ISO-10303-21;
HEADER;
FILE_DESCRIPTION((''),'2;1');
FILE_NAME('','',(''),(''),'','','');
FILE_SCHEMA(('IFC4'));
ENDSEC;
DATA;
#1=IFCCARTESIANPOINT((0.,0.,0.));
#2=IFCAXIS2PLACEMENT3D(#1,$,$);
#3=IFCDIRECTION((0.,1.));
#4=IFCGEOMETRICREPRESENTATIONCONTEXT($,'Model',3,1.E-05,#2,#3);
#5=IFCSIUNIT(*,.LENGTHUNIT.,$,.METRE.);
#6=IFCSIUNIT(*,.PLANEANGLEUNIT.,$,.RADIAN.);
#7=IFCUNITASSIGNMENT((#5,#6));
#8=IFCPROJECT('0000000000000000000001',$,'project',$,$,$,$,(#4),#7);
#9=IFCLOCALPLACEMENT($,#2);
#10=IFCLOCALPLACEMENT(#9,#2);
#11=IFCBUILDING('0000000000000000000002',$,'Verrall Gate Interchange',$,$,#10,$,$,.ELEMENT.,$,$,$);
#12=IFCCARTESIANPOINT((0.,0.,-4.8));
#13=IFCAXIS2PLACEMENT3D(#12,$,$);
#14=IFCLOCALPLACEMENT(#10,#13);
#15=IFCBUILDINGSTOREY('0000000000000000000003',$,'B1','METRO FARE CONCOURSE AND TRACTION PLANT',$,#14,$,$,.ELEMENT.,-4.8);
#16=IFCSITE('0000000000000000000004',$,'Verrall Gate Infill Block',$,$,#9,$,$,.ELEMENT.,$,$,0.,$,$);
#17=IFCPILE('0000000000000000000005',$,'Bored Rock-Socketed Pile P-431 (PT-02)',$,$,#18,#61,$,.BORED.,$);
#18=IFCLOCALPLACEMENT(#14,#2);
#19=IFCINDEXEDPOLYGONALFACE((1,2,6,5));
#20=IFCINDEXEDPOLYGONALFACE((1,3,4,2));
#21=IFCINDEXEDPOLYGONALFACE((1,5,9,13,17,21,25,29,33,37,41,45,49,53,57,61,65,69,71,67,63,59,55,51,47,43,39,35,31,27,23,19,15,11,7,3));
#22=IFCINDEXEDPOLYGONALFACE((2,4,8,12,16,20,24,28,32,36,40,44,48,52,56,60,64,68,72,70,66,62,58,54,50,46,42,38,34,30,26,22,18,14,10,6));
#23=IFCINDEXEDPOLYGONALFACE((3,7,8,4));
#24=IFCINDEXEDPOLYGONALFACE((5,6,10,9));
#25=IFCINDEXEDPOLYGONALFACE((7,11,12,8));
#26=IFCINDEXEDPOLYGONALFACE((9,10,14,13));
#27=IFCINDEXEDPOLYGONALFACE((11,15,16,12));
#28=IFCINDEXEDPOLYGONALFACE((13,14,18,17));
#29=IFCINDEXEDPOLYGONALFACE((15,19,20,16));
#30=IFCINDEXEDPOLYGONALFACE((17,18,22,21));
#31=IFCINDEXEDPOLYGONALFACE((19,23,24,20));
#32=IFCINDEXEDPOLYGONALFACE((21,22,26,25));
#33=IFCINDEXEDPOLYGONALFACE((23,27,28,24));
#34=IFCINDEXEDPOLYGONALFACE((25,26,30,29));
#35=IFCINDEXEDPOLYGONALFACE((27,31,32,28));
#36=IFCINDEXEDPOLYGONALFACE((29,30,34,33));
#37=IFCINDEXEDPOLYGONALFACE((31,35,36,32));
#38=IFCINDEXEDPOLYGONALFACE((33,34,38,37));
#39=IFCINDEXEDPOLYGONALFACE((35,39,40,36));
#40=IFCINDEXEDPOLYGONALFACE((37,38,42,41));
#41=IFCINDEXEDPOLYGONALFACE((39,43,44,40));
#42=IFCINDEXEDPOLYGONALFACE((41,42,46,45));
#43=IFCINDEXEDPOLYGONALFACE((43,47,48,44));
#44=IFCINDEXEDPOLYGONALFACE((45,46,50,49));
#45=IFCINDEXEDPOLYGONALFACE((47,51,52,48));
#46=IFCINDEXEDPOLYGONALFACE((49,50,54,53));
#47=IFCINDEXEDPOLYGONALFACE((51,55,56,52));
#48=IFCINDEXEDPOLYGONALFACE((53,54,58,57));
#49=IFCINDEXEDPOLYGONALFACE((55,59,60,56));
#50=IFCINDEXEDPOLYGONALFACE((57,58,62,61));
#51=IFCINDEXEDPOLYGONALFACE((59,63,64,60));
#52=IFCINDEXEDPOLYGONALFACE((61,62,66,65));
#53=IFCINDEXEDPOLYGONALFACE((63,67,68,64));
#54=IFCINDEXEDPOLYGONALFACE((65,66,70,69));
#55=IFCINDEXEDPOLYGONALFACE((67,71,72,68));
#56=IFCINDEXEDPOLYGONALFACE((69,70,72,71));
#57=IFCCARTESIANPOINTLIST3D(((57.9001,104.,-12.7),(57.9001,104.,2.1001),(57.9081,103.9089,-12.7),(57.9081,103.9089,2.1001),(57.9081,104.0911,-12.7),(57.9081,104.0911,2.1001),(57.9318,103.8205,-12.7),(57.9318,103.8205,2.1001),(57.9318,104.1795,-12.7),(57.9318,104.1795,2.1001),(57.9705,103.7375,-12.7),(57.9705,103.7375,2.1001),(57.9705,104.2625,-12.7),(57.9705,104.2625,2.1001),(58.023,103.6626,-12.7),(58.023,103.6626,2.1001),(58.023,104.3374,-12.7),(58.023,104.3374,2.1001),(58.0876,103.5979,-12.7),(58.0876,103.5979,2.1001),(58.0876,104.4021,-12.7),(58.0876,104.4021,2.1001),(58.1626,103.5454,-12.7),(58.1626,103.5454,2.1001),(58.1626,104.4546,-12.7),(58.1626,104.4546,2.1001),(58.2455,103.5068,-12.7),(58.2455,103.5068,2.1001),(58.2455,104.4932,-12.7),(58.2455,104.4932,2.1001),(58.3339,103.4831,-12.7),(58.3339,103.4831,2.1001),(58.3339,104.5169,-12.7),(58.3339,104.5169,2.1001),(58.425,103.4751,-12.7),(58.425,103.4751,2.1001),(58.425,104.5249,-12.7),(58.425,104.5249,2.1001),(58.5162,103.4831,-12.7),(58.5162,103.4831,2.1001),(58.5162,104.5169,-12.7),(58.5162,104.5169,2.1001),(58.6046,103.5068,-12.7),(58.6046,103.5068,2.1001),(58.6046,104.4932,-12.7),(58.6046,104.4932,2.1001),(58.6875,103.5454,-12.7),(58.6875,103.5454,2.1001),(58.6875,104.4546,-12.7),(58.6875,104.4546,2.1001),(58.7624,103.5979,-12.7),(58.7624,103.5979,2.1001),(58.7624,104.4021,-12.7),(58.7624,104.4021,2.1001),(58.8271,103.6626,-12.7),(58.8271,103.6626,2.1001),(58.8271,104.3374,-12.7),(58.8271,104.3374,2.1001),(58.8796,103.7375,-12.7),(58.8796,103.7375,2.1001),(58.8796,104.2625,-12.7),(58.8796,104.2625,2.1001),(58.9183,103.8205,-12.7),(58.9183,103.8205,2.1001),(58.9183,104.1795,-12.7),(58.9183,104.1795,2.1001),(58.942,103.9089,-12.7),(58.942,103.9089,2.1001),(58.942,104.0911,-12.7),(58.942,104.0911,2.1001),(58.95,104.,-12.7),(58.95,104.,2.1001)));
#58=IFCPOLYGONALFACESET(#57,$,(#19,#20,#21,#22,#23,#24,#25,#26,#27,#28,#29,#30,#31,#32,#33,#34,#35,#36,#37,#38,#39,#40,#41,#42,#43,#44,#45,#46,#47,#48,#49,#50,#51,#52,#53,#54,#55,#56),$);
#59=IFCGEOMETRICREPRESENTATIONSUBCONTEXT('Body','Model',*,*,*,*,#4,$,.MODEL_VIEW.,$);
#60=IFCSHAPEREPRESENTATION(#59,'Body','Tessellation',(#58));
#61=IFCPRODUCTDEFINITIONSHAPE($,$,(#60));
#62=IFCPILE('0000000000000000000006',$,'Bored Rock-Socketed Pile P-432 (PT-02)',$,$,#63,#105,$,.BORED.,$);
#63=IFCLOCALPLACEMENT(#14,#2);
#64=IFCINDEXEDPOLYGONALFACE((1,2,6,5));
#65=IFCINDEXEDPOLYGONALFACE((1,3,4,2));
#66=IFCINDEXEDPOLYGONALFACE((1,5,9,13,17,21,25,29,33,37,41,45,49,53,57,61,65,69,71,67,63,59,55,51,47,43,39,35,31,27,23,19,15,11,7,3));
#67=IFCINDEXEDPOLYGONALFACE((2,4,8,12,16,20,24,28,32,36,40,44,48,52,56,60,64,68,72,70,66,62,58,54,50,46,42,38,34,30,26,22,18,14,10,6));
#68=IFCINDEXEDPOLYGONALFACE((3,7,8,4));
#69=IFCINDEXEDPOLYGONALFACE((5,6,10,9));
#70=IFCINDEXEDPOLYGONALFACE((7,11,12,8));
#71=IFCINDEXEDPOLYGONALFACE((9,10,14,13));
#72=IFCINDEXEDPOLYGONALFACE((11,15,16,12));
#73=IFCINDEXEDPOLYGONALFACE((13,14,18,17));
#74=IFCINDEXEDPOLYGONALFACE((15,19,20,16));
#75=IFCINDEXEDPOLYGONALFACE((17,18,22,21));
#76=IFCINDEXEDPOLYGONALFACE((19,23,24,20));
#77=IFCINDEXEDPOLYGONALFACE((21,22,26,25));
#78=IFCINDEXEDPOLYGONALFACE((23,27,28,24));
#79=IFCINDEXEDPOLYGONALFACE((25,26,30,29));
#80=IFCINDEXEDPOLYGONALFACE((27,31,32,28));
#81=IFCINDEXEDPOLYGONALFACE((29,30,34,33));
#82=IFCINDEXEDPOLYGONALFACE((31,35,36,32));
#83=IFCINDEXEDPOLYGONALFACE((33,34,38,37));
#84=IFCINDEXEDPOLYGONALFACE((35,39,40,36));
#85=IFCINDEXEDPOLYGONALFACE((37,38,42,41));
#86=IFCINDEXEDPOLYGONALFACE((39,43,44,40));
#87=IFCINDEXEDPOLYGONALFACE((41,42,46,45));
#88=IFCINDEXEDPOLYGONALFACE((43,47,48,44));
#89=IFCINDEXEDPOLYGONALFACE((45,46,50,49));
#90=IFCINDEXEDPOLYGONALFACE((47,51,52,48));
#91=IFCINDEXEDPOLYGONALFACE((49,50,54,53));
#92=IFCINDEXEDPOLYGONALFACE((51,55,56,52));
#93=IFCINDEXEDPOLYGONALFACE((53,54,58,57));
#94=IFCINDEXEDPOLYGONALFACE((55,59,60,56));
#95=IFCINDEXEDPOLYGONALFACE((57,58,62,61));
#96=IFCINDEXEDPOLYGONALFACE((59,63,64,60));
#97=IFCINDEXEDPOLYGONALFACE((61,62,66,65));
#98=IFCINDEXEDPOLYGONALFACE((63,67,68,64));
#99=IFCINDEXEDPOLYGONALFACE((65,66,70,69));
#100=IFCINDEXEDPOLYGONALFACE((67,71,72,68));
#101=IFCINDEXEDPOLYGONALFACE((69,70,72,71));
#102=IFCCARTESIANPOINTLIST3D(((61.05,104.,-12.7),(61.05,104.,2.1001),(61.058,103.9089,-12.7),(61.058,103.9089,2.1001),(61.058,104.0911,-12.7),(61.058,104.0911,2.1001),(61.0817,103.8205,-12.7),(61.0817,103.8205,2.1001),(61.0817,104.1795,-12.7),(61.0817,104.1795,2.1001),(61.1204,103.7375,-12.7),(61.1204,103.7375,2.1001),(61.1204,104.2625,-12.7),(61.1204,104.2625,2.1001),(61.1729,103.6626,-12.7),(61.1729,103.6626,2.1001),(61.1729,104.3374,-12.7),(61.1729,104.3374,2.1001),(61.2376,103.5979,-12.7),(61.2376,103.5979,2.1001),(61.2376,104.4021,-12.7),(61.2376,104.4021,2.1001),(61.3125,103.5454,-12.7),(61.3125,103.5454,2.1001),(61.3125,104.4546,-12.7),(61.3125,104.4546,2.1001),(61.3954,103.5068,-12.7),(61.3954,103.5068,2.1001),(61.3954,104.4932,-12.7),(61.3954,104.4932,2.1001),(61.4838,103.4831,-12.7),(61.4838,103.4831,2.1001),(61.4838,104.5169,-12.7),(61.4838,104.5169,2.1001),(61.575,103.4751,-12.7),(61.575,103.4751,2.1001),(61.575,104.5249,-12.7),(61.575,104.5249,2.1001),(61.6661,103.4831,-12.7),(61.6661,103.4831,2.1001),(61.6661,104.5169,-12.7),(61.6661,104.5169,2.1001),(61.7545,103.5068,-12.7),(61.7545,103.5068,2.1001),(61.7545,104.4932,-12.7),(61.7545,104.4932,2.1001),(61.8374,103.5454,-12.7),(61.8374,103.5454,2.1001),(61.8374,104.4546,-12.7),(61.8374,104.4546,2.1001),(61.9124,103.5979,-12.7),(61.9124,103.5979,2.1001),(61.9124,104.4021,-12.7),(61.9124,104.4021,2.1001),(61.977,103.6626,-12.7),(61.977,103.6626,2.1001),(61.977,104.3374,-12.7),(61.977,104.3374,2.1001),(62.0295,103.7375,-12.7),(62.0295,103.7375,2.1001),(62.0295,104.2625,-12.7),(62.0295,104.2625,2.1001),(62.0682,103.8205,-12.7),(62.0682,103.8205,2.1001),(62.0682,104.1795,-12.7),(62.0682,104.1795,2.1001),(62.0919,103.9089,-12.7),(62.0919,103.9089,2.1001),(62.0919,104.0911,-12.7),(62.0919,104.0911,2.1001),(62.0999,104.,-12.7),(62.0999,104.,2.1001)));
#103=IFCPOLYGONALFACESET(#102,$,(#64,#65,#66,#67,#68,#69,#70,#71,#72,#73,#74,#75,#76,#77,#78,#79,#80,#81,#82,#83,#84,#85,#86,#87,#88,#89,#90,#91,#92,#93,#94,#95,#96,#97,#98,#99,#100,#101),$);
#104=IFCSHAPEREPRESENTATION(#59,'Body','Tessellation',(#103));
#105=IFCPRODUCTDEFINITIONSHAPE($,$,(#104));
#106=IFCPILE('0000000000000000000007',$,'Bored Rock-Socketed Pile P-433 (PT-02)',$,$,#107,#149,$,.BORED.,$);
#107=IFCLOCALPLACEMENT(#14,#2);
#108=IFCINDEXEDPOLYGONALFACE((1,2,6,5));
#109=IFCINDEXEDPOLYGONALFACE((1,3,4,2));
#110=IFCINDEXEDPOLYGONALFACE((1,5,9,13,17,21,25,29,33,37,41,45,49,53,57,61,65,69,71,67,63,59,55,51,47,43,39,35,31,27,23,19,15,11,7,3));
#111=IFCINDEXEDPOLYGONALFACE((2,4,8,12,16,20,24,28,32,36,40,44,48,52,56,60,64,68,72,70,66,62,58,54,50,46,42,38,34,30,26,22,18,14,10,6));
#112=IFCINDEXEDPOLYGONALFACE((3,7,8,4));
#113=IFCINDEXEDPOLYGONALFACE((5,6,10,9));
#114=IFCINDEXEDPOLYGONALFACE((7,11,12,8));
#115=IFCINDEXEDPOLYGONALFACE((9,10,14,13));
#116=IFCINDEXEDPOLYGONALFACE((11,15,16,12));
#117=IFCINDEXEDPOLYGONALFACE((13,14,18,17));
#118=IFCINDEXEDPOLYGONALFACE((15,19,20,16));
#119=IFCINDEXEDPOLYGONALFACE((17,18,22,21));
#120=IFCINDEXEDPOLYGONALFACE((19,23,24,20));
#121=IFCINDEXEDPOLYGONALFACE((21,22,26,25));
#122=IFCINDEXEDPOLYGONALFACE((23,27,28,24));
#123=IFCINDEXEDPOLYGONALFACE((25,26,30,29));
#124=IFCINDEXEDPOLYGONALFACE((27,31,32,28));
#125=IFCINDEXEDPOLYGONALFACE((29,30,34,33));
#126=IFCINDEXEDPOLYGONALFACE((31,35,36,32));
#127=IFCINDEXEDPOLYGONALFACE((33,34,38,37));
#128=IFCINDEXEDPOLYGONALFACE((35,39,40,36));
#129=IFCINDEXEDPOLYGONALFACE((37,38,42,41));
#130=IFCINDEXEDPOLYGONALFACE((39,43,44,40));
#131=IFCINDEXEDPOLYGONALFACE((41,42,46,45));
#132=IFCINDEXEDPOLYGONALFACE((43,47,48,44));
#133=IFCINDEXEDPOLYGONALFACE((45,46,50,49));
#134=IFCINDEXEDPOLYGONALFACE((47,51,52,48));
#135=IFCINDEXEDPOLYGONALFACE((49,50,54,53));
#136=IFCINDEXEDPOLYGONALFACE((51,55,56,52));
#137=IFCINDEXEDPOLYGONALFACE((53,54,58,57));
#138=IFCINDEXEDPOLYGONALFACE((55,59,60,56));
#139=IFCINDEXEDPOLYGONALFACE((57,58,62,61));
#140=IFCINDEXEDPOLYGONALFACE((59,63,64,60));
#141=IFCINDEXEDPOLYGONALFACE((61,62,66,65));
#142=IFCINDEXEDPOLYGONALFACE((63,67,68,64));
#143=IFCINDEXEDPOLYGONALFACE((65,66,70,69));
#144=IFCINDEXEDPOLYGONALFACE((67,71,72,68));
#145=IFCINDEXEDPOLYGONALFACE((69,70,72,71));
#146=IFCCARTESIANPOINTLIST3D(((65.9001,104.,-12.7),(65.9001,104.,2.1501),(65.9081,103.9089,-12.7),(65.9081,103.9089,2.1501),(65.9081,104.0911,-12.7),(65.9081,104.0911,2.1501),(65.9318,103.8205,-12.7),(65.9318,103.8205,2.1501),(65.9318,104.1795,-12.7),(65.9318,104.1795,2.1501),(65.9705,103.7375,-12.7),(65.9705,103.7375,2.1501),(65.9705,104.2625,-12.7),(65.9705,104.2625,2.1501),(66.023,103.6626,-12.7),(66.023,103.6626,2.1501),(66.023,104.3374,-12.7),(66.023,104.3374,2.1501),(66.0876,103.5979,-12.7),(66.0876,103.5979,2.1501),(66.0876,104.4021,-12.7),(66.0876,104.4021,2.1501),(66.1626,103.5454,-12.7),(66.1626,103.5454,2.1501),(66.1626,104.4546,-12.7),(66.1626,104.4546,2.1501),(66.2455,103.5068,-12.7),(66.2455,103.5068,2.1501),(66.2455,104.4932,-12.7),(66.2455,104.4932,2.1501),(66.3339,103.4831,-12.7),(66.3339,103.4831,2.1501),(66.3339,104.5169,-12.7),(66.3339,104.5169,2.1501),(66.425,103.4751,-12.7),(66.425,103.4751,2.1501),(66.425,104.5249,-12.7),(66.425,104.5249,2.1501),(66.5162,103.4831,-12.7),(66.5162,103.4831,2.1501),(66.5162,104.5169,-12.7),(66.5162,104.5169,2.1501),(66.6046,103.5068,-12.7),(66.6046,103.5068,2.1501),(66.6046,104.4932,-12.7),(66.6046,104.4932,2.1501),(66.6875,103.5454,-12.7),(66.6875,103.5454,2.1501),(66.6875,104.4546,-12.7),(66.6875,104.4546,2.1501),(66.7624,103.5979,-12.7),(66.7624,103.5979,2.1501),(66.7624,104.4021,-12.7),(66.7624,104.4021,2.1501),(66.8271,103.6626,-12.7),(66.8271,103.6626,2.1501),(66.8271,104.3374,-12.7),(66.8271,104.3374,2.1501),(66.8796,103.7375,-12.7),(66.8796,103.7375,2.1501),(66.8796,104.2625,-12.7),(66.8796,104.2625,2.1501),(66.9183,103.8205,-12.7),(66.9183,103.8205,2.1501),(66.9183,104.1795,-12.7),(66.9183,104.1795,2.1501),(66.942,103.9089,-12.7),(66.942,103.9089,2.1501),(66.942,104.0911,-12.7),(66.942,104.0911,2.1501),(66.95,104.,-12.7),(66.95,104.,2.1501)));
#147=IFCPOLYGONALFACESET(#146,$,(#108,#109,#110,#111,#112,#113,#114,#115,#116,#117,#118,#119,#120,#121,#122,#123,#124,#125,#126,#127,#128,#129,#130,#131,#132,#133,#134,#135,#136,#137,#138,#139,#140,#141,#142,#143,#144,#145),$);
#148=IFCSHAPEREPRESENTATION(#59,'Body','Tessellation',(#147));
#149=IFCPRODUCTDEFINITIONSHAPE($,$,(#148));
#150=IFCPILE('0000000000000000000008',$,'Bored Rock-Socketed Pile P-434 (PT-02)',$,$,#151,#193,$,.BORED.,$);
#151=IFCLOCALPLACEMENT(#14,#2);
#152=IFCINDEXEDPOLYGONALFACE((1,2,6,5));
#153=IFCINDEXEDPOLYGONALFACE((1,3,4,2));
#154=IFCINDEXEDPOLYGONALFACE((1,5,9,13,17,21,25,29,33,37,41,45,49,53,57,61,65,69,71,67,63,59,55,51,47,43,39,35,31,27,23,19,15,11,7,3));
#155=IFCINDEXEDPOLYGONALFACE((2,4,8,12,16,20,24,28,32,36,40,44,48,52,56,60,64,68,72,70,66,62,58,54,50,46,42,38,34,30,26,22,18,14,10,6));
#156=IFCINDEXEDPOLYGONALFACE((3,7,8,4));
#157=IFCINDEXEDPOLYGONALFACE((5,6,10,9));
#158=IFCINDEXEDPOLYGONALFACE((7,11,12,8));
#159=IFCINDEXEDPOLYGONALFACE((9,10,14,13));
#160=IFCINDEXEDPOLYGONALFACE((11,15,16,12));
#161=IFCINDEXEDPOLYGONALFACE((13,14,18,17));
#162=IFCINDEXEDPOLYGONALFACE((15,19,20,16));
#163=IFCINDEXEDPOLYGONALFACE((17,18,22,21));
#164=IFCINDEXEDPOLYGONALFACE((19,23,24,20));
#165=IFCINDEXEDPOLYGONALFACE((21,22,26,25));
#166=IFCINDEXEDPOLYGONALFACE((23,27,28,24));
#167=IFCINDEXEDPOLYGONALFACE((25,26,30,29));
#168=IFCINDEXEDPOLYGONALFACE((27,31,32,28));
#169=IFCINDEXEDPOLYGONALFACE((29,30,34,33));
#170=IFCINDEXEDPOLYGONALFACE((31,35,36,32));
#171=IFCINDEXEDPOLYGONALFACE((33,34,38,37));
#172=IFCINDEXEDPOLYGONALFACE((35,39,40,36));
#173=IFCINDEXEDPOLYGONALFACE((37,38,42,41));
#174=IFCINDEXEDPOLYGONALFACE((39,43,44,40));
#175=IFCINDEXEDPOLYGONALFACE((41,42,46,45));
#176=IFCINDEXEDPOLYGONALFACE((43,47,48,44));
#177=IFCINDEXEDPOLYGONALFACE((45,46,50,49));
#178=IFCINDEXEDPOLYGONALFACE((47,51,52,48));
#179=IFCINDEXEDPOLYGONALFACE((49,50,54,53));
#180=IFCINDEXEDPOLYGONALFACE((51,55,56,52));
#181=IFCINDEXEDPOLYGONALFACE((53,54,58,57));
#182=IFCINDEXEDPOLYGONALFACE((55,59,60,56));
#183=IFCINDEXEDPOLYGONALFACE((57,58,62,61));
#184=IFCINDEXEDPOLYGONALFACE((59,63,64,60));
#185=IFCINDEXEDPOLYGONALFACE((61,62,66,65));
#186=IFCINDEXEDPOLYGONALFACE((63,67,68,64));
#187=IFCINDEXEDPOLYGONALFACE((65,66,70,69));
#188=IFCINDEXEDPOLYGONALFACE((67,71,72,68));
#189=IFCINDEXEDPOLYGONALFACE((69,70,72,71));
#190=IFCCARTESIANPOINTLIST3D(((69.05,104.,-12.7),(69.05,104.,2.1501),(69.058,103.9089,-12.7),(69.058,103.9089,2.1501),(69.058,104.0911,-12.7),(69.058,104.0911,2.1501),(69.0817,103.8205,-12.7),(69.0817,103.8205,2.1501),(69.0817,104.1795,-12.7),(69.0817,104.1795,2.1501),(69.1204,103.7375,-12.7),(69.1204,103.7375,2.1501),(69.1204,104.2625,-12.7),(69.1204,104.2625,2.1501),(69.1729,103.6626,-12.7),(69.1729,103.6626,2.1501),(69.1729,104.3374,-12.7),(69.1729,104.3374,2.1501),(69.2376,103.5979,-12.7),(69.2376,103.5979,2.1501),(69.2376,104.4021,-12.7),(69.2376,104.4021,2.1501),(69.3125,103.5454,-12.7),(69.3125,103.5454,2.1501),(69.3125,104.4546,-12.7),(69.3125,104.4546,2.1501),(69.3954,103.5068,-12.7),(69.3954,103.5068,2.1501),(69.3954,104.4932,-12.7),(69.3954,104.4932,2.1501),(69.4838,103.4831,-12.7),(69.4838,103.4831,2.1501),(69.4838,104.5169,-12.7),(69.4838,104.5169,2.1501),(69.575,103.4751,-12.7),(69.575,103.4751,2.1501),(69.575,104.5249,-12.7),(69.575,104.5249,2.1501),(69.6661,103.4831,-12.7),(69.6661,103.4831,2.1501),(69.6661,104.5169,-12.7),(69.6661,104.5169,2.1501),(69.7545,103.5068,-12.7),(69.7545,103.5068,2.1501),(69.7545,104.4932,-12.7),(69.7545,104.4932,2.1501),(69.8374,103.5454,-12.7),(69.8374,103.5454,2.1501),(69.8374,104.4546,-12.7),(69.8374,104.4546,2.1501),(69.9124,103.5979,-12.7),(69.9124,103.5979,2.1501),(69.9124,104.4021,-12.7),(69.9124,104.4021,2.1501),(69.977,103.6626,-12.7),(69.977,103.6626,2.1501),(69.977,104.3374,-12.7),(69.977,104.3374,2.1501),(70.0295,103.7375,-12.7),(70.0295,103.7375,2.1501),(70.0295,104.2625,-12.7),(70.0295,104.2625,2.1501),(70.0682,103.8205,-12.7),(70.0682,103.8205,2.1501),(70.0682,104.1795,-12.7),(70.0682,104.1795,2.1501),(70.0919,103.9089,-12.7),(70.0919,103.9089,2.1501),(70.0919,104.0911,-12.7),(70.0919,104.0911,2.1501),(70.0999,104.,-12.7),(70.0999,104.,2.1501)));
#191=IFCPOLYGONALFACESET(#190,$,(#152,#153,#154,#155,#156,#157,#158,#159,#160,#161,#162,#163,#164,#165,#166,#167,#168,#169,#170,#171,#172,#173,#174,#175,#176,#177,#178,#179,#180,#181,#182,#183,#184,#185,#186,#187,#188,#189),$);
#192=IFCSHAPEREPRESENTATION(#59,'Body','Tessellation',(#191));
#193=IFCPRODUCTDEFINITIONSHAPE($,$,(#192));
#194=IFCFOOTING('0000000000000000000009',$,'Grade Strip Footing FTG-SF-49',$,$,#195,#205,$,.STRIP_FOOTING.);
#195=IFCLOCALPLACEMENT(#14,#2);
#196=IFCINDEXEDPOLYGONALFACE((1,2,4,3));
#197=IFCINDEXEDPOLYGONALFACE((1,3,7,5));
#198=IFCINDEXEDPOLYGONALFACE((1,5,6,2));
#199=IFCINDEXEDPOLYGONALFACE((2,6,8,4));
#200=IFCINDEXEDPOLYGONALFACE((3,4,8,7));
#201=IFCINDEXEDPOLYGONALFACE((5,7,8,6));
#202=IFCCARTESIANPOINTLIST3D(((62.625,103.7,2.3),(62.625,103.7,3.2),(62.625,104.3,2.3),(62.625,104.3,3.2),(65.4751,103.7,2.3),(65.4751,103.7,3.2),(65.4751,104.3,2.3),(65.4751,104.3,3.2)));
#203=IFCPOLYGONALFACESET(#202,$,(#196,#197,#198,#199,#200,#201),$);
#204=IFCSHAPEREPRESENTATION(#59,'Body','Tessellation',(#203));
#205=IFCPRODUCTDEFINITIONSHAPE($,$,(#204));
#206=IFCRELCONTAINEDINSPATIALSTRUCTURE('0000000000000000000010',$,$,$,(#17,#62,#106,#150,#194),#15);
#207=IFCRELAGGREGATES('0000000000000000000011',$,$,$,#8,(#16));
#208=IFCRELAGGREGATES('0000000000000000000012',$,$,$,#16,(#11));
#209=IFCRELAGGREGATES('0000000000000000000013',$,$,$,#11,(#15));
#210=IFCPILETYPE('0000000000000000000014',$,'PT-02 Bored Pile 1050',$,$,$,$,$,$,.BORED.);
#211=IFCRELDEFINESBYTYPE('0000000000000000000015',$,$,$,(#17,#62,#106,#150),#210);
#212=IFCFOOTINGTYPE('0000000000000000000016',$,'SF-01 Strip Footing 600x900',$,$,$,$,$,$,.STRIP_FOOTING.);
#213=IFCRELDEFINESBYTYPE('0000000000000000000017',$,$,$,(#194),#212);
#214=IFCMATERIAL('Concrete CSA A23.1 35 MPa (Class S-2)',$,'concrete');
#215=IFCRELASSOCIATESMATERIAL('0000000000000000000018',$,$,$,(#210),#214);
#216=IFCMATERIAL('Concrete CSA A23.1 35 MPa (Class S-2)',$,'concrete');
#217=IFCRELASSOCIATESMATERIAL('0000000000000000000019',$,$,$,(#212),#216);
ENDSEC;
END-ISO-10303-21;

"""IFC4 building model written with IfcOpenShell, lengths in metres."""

from ifc_helpers import new_model, si_unit, direction, frame, origin, origin_2d, place, context, subcontext, project, spatial, rectangle, circle, extrude, material, material_profile, profile_set, type_object, element, save


model = new_model("IFC4")

# Units and contexts
model_context = context("Model", 3, precision=1e-05, world=origin(), true_north=direction((0.0, 1.0)))
body_context = subcontext(model_context, "Body", "Model", "MODEL_VIEW")
ifc_project = project(units=[si_unit("LENGTHUNIT", "METRE"), si_unit("PLANEANGLEUNIT", "RADIAN")], contexts=[model_context])

# Site, building, storey
site_placement = place(None, origin())
site = spatial("IfcSite", under=ifc_project, at=site_placement, Name="Verrall Gate Infill Block", CompositionType="ELEMENT", RefElevation=0.0)
building_placement = place(site_placement, origin())
building = spatial("IfcBuilding", under=site, at=building_placement, Name="Verrall Gate Interchange", CompositionType="ELEMENT")
storey_placement = place(building_placement, frame((0.0, 0.0, -4.8)))
storey = spatial("IfcBuildingStorey", under=building, at=storey_placement, Name="B1", Description="METRO FARE CONCOURSE AND TRACTION PLANT", CompositionType="ELEMENT", Elevation=-4.8)

# Piles
ifc_material_1 = material(Name="Concrete CSA A23.1 35 MPa (Class S-2)", Category="concrete")
ifc_material_profile_1 = material_profile(ifc_material_1, circle(Radius=0.5249, at=origin_2d()), Name="PILE1050D")
ifc_profile_set_1 = profile_set([ifc_material_profile_1], Name="Concrete CSA A23.1 35 MPa (Class S-2)")
pile_type = type_object("IfcPileType", Name="PT-02 Bored Pile 1050", PredefinedType="BORED", material=ifc_profile_set_1)
for number, where, z_axis, x_axis, name in (
    (1, (58.425, 104.0, 2.1001), (0.0, 0.0, -1.0), (1.0, 0.0, 0.0), "Bored Rock-Socketed Pile P-431 (PT-02)"),
    (2, (61.575, 104.0, 2.1001), (0.0, 0.0, -1.0), (1.0, 0.0, 0.0), "Bored Rock-Socketed Pile P-432 (PT-02)"),
):
    element("IfcPile", number, at=place(storey_placement, frame(where, z_axis=z_axis, x_axis=x_axis)), inside=storey, type_object=pile_type, Name=name, PredefinedType="BORED", context=body_context, shape_type="SweptSolid", body=[
        extrude(circle(Radius=0.5249, at=origin_2d()), origin(), (0.0, 0.0, 1.0), 14.8),
    ])
for number, where, z_axis, x_axis, name in (
    (3, (66.425, 104.0, 2.1501), (0.0, 0.0, -1.0), (1.0, 0.0, 0.0), "Bored Rock-Socketed Pile P-433 (PT-02)"),
    (4, (69.575, 104.0, 2.1501), (0.0, 0.0, -1.0), (1.0, 0.0, 0.0), "Bored Rock-Socketed Pile P-434 (PT-02)"),
):
    element("IfcPile", number, at=place(storey_placement, frame(where, z_axis=z_axis, x_axis=x_axis)), inside=storey, type_object=pile_type, Name=name, PredefinedType="BORED", context=body_context, shape_type="SweptSolid", body=[
        extrude(circle(Radius=0.5249, at=origin_2d()), origin(), (0.0, 0.0, 1.0), 14.8501),
    ])

# Footing
ifc_material_2 = material(Name="Concrete CSA A23.1 35 MPa (Class S-2)", Category="concrete")
footing_type_1 = type_object("IfcFootingType", Name="SF-01 Strip Footing 600x900", PredefinedType="STRIP_FOOTING", material=ifc_material_2)
footing_1_placement = place(storey_placement, frame((64.05, 104.0, 2.3), z_axis=(0.0, 0.0, 1.0), x_axis=(1.0, 0.0, 0.0)))
element("IfcFooting", 5, at=footing_1_placement, inside=storey, type_object=footing_type_1, Name="Grade Strip Footing FTG-SF-49", PredefinedType="STRIP_FOOTING", context=body_context, shape_type="SweptSolid", body=[
    extrude(rectangle(XDim=2.8501, YDim=0.6001, at=origin_2d()), origin(), (0.0, 0.0, 1.0), 0.8999),
])

save(model, "model.ifc")
